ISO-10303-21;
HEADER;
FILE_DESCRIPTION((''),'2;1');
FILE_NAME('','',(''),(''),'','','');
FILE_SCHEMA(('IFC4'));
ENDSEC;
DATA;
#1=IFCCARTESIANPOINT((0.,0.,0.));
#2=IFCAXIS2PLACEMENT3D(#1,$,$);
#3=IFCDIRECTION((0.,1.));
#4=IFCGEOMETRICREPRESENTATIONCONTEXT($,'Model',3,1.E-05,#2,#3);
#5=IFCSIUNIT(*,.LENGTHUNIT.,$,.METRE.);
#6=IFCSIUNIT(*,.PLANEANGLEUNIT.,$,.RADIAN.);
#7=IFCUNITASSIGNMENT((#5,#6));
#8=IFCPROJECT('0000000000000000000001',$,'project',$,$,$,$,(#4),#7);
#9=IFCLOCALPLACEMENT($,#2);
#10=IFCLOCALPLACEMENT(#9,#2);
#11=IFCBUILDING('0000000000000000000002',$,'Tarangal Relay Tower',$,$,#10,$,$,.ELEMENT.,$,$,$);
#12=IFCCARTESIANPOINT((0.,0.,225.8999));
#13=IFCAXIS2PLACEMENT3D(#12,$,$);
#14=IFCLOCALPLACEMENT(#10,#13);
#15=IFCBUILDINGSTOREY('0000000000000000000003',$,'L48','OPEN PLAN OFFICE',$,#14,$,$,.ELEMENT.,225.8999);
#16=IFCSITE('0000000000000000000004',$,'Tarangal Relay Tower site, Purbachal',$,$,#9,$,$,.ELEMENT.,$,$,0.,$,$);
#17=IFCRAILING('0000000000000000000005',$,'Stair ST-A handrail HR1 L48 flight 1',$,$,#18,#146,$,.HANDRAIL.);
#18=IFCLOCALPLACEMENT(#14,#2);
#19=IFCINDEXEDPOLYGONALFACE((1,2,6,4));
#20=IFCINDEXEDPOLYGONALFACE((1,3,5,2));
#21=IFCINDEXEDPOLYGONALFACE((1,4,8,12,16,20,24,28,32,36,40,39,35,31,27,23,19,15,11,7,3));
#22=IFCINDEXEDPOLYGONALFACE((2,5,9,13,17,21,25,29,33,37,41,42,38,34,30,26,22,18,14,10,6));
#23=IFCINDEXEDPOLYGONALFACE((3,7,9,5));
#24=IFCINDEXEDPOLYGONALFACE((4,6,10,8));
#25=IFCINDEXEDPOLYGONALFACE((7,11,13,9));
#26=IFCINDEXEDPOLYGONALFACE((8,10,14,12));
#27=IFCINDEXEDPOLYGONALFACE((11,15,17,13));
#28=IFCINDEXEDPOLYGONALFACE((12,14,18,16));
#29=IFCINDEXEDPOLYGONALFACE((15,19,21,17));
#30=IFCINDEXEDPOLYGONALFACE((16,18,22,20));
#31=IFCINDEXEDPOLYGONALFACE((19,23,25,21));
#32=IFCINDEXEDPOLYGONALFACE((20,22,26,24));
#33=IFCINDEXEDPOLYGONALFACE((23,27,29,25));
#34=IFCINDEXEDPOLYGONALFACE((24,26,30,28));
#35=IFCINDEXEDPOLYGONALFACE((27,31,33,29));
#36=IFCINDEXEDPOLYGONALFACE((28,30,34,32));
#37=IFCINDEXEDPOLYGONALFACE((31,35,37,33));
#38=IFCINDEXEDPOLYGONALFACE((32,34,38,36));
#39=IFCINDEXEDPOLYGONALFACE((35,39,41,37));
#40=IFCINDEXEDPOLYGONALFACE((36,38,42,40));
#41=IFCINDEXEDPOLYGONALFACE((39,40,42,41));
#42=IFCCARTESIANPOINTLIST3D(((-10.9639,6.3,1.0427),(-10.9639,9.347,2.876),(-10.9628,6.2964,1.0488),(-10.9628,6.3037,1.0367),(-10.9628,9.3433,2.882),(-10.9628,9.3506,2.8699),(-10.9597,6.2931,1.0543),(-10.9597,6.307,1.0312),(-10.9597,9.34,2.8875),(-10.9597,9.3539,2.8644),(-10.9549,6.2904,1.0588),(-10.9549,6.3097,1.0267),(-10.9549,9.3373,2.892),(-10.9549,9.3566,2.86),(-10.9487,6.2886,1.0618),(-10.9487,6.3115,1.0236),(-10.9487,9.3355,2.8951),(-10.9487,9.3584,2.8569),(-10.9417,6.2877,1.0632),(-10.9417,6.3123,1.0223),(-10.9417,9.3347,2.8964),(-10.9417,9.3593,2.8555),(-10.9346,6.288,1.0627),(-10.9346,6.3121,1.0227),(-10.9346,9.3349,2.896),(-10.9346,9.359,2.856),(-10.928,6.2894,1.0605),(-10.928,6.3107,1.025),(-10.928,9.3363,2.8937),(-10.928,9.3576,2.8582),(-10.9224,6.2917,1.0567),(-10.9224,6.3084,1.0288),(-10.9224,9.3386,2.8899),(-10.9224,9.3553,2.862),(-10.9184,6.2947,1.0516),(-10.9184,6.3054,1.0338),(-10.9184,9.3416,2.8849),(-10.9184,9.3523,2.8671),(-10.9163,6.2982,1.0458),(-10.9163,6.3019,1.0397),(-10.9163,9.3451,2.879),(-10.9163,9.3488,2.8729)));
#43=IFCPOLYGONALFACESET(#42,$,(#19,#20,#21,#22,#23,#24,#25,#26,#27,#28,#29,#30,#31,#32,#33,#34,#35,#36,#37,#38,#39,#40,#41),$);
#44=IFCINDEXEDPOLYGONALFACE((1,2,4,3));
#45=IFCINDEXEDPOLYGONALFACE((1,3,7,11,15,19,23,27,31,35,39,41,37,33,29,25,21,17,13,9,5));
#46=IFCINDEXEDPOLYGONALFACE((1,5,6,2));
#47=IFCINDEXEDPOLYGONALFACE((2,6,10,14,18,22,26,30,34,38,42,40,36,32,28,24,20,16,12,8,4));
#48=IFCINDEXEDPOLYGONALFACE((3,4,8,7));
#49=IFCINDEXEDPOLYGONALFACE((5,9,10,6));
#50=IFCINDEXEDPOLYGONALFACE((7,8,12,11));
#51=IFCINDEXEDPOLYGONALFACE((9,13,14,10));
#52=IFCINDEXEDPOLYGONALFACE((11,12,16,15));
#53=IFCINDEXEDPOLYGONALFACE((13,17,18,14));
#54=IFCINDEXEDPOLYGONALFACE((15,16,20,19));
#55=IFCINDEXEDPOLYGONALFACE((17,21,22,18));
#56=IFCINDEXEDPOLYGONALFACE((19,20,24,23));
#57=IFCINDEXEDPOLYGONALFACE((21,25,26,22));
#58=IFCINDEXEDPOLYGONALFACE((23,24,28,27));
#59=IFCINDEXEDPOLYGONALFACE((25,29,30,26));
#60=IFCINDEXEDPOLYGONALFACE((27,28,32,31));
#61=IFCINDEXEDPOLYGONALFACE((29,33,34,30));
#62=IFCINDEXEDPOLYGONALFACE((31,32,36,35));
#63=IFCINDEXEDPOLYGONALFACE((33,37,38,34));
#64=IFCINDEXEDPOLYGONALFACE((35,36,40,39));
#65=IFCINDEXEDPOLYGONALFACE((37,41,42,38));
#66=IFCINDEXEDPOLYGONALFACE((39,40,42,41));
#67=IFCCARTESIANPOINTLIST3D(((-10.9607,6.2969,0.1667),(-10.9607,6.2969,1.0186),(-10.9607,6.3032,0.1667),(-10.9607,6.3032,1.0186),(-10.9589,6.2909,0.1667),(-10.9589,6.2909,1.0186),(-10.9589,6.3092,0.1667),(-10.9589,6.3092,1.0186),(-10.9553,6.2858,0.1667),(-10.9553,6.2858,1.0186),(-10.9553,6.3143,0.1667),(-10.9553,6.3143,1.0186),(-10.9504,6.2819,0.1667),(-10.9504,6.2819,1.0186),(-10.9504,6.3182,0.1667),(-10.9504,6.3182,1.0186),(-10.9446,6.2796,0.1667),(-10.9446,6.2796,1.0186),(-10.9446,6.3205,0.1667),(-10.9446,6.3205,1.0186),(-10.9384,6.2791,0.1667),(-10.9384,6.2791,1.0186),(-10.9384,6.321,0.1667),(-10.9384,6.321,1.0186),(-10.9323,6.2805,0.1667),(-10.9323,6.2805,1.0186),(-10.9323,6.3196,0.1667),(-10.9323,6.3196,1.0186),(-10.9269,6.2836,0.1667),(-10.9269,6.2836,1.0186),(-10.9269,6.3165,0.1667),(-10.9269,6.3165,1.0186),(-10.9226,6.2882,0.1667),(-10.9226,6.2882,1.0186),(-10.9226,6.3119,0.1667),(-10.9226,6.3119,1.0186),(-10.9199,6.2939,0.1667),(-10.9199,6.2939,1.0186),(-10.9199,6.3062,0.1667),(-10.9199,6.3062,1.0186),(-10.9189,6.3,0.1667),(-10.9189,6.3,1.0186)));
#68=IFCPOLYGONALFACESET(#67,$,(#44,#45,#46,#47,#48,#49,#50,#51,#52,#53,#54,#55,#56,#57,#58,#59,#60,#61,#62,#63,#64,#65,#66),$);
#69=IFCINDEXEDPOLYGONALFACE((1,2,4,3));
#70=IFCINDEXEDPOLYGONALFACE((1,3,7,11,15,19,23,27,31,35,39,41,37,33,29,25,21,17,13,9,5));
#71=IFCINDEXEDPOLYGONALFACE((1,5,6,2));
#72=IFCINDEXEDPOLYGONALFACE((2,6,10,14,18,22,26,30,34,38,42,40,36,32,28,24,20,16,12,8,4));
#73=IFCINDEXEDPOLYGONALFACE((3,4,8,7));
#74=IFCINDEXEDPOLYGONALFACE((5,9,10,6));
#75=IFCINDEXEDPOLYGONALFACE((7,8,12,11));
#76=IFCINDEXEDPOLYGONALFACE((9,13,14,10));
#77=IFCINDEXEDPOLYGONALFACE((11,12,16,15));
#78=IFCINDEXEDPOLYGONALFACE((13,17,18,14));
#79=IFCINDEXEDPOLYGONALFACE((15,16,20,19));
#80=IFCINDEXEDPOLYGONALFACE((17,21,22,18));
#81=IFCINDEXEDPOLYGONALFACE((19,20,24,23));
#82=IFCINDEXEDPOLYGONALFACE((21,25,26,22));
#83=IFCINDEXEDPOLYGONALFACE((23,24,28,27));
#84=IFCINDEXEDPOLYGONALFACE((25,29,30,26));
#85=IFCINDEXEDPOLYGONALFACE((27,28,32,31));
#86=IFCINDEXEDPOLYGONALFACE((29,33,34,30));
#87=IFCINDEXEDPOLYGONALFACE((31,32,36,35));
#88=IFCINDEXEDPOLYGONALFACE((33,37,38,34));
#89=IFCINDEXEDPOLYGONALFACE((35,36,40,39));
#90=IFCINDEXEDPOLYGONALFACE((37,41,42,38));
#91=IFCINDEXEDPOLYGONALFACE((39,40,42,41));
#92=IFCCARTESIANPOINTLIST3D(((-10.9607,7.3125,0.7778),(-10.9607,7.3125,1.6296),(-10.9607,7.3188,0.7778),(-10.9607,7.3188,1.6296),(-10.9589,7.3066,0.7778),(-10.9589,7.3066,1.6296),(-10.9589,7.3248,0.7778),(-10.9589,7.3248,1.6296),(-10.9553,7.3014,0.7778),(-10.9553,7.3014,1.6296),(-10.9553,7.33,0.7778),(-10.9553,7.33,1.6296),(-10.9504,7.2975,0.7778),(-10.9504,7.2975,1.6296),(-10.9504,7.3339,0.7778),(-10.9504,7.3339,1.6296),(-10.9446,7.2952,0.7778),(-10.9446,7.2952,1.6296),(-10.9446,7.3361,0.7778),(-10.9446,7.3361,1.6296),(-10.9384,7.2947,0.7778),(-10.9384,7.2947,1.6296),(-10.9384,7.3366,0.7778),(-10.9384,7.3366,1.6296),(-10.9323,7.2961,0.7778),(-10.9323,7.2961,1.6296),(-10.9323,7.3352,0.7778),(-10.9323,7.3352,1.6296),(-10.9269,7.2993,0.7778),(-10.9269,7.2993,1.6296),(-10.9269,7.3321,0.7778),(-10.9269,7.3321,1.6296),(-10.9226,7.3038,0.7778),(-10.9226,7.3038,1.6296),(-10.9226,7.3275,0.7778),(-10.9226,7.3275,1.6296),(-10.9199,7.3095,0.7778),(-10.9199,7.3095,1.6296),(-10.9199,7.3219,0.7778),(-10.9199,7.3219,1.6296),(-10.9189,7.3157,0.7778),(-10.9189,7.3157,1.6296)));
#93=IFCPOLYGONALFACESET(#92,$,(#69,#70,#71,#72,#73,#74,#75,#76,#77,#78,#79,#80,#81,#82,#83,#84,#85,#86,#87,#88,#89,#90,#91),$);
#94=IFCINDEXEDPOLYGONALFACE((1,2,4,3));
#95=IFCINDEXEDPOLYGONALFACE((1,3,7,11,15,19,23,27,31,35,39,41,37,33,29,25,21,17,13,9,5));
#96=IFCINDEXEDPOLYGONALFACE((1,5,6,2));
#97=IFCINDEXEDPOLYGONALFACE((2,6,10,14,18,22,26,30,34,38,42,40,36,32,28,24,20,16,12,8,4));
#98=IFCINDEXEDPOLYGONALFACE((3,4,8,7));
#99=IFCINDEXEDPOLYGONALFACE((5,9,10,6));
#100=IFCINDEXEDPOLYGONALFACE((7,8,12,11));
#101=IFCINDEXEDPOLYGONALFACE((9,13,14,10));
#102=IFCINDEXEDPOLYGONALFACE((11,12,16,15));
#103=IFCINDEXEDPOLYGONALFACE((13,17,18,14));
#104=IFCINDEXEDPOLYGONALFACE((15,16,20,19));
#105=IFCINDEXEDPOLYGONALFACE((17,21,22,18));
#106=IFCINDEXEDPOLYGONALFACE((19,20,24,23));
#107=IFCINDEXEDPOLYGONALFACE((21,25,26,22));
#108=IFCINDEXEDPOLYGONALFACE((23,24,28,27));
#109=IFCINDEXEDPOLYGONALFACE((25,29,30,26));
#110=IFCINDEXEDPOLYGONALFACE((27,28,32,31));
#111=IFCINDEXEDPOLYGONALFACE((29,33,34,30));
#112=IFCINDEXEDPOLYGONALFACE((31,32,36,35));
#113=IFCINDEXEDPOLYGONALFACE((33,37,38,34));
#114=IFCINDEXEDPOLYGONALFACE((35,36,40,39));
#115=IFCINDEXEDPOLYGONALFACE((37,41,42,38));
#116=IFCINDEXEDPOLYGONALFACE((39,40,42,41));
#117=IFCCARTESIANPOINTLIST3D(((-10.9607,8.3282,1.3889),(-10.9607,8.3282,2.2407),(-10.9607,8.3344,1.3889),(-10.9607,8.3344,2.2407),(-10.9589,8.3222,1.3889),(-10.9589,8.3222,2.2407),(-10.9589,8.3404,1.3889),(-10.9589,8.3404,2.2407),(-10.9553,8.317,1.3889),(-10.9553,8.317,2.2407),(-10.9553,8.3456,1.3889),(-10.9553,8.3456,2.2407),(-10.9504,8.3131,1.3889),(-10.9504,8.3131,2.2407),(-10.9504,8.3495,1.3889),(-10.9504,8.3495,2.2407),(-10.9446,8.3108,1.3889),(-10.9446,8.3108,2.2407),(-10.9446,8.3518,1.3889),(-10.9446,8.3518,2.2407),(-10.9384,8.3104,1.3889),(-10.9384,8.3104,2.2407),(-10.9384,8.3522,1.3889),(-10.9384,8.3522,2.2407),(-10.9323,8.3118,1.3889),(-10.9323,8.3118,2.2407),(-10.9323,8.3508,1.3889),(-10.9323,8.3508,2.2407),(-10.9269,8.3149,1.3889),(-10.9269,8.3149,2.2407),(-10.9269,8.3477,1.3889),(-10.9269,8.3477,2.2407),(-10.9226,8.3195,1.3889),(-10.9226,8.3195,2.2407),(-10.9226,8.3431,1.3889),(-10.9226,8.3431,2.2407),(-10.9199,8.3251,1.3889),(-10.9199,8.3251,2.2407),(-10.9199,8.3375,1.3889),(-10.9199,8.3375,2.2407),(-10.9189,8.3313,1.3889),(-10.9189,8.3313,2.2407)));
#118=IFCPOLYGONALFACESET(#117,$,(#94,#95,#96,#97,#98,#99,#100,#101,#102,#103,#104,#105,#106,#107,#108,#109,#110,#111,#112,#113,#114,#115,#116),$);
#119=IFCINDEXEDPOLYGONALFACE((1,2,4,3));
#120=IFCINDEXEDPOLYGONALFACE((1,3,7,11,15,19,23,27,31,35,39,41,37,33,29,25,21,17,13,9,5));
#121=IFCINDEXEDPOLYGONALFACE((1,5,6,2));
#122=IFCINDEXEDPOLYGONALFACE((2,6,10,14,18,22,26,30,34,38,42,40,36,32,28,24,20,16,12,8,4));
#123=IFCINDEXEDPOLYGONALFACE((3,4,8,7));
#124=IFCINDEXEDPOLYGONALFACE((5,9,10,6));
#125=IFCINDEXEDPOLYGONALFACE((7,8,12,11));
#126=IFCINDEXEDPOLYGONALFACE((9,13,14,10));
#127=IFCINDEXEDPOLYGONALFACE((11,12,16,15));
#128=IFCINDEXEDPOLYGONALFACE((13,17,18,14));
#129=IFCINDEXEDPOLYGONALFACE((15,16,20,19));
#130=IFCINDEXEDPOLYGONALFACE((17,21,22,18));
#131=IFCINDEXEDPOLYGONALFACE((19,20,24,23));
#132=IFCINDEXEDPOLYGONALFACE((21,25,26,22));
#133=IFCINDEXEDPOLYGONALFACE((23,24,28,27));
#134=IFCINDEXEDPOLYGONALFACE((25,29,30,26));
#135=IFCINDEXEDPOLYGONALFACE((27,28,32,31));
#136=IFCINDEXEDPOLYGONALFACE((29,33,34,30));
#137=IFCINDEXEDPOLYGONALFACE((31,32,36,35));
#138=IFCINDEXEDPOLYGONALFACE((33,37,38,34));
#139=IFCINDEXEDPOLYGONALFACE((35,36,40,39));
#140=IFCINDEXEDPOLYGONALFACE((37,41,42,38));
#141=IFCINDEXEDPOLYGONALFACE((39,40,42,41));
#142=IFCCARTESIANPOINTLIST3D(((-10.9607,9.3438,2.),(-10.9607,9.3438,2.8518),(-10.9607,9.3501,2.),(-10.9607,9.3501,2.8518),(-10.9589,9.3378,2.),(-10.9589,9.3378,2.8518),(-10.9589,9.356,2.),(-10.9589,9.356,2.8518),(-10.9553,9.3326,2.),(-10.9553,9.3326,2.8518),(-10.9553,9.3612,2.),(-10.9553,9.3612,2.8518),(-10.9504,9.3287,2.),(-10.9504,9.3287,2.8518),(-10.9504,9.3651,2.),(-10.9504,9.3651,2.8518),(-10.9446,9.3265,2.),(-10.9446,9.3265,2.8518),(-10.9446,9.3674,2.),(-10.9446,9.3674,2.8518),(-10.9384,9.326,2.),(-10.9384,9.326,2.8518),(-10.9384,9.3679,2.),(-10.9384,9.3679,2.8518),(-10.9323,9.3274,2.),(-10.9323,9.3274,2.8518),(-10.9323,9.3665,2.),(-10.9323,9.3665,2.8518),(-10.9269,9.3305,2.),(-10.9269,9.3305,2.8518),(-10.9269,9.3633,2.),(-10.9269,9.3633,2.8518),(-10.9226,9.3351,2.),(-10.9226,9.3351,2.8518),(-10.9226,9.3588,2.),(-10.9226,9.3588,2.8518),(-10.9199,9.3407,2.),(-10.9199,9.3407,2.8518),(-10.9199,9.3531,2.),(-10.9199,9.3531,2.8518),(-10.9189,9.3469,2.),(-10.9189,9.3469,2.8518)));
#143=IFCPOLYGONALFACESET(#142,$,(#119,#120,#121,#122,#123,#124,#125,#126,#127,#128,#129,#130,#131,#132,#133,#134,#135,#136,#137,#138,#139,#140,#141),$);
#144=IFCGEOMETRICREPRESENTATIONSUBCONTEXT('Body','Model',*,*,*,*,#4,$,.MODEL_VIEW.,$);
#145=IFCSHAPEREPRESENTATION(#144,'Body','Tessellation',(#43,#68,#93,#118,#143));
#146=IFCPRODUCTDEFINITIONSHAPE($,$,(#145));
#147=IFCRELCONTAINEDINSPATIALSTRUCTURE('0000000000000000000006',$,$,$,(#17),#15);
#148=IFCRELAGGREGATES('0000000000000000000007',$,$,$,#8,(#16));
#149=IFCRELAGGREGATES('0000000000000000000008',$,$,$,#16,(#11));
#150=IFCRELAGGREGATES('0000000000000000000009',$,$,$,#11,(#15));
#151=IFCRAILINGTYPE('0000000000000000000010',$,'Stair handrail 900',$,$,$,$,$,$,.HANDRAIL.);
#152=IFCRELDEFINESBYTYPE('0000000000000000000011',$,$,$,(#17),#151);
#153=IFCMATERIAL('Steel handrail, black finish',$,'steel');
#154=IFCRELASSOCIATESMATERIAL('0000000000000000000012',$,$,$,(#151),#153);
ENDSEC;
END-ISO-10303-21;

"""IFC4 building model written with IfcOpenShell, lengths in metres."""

from ifc_helpers import new_model, si_unit, direction, frame, origin, origin_2d, place, context, subcontext, project, spatial, circle, extrude, material, type_object, element, save


model = new_model("IFC4")

# Units and contexts
model_context = context("Model", 3, precision=1e-05, world=origin(), true_north=direction((0.0, 1.0)))
body_context = subcontext(model_context, "Body", "Model", "MODEL_VIEW")
ifc_project = project(units=[si_unit("LENGTHUNIT", "METRE"), si_unit("PLANEANGLEUNIT", "RADIAN")], contexts=[model_context])

# Site, building, storey
site_placement = place(None, origin())
site = spatial("IfcSite", under=ifc_project, at=site_placement, Name="Tarangal Relay Tower site, Purbachal", CompositionType="ELEMENT", RefElevation=0.0)
building_placement = place(site_placement, origin())
building = spatial("IfcBuilding", under=site, at=building_placement, Name="Tarangal Relay Tower", CompositionType="ELEMENT")
storey_placement = place(building_placement, frame((0.0, 0.0, 225.8999)))
storey = spatial("IfcBuildingStorey", under=building, at=storey_placement, Name="L48", Description="OPEN PLAN OFFICE", CompositionType="ELEMENT", Elevation=225.8999)

# Railing
ifc_material_1 = material(Name="Steel handrail, black finish", Category="steel")
railing_type_1 = type_object("IfcRailingType", Name="Stair handrail 900", PredefinedType="HANDRAIL", material=ifc_material_1)
railing_1_placement = place(storey_placement, frame((-10.9399, 6.3, 0.1667)))
element("IfcRailing", 1, at=railing_1_placement, inside=storey, type_object=railing_type_1, Name="Stair ST-A handrail HR1 L48 flight 1", PredefinedType="HANDRAIL", context=body_context, shape_type="SweptSolid", body=[
    extrude(circle(Radius=0.0239, at=origin_2d()), frame((0.0, 0.0, 0.876), z_axis=(0.0, 0.856856, 0.515556), x_axis=(-1.0, 0.0, 0.0)), (0.0, 0.0, 1.0), 3.5559),
    extrude(circle(Radius=0.021, at=origin_2d()), origin(), (0.0, 0.0, 1.0), 0.8518),
    extrude(circle(Radius=0.021, at=origin_2d()), frame((0.0, 1.0156, 0.6111)), (0.0, 0.0, 1.0), 0.8518),
    extrude(circle(Radius=0.021, at=origin_2d()), frame((0.0, 2.0312, 1.2222)), (0.0, 0.0, 1.0), 0.8518),
    extrude(circle(Radius=0.021, at=origin_2d()), frame((0.0, 3.0469, 1.8333)), (0.0, 0.0, 1.0), 0.8518),
])

save(model, "model.ifc")
